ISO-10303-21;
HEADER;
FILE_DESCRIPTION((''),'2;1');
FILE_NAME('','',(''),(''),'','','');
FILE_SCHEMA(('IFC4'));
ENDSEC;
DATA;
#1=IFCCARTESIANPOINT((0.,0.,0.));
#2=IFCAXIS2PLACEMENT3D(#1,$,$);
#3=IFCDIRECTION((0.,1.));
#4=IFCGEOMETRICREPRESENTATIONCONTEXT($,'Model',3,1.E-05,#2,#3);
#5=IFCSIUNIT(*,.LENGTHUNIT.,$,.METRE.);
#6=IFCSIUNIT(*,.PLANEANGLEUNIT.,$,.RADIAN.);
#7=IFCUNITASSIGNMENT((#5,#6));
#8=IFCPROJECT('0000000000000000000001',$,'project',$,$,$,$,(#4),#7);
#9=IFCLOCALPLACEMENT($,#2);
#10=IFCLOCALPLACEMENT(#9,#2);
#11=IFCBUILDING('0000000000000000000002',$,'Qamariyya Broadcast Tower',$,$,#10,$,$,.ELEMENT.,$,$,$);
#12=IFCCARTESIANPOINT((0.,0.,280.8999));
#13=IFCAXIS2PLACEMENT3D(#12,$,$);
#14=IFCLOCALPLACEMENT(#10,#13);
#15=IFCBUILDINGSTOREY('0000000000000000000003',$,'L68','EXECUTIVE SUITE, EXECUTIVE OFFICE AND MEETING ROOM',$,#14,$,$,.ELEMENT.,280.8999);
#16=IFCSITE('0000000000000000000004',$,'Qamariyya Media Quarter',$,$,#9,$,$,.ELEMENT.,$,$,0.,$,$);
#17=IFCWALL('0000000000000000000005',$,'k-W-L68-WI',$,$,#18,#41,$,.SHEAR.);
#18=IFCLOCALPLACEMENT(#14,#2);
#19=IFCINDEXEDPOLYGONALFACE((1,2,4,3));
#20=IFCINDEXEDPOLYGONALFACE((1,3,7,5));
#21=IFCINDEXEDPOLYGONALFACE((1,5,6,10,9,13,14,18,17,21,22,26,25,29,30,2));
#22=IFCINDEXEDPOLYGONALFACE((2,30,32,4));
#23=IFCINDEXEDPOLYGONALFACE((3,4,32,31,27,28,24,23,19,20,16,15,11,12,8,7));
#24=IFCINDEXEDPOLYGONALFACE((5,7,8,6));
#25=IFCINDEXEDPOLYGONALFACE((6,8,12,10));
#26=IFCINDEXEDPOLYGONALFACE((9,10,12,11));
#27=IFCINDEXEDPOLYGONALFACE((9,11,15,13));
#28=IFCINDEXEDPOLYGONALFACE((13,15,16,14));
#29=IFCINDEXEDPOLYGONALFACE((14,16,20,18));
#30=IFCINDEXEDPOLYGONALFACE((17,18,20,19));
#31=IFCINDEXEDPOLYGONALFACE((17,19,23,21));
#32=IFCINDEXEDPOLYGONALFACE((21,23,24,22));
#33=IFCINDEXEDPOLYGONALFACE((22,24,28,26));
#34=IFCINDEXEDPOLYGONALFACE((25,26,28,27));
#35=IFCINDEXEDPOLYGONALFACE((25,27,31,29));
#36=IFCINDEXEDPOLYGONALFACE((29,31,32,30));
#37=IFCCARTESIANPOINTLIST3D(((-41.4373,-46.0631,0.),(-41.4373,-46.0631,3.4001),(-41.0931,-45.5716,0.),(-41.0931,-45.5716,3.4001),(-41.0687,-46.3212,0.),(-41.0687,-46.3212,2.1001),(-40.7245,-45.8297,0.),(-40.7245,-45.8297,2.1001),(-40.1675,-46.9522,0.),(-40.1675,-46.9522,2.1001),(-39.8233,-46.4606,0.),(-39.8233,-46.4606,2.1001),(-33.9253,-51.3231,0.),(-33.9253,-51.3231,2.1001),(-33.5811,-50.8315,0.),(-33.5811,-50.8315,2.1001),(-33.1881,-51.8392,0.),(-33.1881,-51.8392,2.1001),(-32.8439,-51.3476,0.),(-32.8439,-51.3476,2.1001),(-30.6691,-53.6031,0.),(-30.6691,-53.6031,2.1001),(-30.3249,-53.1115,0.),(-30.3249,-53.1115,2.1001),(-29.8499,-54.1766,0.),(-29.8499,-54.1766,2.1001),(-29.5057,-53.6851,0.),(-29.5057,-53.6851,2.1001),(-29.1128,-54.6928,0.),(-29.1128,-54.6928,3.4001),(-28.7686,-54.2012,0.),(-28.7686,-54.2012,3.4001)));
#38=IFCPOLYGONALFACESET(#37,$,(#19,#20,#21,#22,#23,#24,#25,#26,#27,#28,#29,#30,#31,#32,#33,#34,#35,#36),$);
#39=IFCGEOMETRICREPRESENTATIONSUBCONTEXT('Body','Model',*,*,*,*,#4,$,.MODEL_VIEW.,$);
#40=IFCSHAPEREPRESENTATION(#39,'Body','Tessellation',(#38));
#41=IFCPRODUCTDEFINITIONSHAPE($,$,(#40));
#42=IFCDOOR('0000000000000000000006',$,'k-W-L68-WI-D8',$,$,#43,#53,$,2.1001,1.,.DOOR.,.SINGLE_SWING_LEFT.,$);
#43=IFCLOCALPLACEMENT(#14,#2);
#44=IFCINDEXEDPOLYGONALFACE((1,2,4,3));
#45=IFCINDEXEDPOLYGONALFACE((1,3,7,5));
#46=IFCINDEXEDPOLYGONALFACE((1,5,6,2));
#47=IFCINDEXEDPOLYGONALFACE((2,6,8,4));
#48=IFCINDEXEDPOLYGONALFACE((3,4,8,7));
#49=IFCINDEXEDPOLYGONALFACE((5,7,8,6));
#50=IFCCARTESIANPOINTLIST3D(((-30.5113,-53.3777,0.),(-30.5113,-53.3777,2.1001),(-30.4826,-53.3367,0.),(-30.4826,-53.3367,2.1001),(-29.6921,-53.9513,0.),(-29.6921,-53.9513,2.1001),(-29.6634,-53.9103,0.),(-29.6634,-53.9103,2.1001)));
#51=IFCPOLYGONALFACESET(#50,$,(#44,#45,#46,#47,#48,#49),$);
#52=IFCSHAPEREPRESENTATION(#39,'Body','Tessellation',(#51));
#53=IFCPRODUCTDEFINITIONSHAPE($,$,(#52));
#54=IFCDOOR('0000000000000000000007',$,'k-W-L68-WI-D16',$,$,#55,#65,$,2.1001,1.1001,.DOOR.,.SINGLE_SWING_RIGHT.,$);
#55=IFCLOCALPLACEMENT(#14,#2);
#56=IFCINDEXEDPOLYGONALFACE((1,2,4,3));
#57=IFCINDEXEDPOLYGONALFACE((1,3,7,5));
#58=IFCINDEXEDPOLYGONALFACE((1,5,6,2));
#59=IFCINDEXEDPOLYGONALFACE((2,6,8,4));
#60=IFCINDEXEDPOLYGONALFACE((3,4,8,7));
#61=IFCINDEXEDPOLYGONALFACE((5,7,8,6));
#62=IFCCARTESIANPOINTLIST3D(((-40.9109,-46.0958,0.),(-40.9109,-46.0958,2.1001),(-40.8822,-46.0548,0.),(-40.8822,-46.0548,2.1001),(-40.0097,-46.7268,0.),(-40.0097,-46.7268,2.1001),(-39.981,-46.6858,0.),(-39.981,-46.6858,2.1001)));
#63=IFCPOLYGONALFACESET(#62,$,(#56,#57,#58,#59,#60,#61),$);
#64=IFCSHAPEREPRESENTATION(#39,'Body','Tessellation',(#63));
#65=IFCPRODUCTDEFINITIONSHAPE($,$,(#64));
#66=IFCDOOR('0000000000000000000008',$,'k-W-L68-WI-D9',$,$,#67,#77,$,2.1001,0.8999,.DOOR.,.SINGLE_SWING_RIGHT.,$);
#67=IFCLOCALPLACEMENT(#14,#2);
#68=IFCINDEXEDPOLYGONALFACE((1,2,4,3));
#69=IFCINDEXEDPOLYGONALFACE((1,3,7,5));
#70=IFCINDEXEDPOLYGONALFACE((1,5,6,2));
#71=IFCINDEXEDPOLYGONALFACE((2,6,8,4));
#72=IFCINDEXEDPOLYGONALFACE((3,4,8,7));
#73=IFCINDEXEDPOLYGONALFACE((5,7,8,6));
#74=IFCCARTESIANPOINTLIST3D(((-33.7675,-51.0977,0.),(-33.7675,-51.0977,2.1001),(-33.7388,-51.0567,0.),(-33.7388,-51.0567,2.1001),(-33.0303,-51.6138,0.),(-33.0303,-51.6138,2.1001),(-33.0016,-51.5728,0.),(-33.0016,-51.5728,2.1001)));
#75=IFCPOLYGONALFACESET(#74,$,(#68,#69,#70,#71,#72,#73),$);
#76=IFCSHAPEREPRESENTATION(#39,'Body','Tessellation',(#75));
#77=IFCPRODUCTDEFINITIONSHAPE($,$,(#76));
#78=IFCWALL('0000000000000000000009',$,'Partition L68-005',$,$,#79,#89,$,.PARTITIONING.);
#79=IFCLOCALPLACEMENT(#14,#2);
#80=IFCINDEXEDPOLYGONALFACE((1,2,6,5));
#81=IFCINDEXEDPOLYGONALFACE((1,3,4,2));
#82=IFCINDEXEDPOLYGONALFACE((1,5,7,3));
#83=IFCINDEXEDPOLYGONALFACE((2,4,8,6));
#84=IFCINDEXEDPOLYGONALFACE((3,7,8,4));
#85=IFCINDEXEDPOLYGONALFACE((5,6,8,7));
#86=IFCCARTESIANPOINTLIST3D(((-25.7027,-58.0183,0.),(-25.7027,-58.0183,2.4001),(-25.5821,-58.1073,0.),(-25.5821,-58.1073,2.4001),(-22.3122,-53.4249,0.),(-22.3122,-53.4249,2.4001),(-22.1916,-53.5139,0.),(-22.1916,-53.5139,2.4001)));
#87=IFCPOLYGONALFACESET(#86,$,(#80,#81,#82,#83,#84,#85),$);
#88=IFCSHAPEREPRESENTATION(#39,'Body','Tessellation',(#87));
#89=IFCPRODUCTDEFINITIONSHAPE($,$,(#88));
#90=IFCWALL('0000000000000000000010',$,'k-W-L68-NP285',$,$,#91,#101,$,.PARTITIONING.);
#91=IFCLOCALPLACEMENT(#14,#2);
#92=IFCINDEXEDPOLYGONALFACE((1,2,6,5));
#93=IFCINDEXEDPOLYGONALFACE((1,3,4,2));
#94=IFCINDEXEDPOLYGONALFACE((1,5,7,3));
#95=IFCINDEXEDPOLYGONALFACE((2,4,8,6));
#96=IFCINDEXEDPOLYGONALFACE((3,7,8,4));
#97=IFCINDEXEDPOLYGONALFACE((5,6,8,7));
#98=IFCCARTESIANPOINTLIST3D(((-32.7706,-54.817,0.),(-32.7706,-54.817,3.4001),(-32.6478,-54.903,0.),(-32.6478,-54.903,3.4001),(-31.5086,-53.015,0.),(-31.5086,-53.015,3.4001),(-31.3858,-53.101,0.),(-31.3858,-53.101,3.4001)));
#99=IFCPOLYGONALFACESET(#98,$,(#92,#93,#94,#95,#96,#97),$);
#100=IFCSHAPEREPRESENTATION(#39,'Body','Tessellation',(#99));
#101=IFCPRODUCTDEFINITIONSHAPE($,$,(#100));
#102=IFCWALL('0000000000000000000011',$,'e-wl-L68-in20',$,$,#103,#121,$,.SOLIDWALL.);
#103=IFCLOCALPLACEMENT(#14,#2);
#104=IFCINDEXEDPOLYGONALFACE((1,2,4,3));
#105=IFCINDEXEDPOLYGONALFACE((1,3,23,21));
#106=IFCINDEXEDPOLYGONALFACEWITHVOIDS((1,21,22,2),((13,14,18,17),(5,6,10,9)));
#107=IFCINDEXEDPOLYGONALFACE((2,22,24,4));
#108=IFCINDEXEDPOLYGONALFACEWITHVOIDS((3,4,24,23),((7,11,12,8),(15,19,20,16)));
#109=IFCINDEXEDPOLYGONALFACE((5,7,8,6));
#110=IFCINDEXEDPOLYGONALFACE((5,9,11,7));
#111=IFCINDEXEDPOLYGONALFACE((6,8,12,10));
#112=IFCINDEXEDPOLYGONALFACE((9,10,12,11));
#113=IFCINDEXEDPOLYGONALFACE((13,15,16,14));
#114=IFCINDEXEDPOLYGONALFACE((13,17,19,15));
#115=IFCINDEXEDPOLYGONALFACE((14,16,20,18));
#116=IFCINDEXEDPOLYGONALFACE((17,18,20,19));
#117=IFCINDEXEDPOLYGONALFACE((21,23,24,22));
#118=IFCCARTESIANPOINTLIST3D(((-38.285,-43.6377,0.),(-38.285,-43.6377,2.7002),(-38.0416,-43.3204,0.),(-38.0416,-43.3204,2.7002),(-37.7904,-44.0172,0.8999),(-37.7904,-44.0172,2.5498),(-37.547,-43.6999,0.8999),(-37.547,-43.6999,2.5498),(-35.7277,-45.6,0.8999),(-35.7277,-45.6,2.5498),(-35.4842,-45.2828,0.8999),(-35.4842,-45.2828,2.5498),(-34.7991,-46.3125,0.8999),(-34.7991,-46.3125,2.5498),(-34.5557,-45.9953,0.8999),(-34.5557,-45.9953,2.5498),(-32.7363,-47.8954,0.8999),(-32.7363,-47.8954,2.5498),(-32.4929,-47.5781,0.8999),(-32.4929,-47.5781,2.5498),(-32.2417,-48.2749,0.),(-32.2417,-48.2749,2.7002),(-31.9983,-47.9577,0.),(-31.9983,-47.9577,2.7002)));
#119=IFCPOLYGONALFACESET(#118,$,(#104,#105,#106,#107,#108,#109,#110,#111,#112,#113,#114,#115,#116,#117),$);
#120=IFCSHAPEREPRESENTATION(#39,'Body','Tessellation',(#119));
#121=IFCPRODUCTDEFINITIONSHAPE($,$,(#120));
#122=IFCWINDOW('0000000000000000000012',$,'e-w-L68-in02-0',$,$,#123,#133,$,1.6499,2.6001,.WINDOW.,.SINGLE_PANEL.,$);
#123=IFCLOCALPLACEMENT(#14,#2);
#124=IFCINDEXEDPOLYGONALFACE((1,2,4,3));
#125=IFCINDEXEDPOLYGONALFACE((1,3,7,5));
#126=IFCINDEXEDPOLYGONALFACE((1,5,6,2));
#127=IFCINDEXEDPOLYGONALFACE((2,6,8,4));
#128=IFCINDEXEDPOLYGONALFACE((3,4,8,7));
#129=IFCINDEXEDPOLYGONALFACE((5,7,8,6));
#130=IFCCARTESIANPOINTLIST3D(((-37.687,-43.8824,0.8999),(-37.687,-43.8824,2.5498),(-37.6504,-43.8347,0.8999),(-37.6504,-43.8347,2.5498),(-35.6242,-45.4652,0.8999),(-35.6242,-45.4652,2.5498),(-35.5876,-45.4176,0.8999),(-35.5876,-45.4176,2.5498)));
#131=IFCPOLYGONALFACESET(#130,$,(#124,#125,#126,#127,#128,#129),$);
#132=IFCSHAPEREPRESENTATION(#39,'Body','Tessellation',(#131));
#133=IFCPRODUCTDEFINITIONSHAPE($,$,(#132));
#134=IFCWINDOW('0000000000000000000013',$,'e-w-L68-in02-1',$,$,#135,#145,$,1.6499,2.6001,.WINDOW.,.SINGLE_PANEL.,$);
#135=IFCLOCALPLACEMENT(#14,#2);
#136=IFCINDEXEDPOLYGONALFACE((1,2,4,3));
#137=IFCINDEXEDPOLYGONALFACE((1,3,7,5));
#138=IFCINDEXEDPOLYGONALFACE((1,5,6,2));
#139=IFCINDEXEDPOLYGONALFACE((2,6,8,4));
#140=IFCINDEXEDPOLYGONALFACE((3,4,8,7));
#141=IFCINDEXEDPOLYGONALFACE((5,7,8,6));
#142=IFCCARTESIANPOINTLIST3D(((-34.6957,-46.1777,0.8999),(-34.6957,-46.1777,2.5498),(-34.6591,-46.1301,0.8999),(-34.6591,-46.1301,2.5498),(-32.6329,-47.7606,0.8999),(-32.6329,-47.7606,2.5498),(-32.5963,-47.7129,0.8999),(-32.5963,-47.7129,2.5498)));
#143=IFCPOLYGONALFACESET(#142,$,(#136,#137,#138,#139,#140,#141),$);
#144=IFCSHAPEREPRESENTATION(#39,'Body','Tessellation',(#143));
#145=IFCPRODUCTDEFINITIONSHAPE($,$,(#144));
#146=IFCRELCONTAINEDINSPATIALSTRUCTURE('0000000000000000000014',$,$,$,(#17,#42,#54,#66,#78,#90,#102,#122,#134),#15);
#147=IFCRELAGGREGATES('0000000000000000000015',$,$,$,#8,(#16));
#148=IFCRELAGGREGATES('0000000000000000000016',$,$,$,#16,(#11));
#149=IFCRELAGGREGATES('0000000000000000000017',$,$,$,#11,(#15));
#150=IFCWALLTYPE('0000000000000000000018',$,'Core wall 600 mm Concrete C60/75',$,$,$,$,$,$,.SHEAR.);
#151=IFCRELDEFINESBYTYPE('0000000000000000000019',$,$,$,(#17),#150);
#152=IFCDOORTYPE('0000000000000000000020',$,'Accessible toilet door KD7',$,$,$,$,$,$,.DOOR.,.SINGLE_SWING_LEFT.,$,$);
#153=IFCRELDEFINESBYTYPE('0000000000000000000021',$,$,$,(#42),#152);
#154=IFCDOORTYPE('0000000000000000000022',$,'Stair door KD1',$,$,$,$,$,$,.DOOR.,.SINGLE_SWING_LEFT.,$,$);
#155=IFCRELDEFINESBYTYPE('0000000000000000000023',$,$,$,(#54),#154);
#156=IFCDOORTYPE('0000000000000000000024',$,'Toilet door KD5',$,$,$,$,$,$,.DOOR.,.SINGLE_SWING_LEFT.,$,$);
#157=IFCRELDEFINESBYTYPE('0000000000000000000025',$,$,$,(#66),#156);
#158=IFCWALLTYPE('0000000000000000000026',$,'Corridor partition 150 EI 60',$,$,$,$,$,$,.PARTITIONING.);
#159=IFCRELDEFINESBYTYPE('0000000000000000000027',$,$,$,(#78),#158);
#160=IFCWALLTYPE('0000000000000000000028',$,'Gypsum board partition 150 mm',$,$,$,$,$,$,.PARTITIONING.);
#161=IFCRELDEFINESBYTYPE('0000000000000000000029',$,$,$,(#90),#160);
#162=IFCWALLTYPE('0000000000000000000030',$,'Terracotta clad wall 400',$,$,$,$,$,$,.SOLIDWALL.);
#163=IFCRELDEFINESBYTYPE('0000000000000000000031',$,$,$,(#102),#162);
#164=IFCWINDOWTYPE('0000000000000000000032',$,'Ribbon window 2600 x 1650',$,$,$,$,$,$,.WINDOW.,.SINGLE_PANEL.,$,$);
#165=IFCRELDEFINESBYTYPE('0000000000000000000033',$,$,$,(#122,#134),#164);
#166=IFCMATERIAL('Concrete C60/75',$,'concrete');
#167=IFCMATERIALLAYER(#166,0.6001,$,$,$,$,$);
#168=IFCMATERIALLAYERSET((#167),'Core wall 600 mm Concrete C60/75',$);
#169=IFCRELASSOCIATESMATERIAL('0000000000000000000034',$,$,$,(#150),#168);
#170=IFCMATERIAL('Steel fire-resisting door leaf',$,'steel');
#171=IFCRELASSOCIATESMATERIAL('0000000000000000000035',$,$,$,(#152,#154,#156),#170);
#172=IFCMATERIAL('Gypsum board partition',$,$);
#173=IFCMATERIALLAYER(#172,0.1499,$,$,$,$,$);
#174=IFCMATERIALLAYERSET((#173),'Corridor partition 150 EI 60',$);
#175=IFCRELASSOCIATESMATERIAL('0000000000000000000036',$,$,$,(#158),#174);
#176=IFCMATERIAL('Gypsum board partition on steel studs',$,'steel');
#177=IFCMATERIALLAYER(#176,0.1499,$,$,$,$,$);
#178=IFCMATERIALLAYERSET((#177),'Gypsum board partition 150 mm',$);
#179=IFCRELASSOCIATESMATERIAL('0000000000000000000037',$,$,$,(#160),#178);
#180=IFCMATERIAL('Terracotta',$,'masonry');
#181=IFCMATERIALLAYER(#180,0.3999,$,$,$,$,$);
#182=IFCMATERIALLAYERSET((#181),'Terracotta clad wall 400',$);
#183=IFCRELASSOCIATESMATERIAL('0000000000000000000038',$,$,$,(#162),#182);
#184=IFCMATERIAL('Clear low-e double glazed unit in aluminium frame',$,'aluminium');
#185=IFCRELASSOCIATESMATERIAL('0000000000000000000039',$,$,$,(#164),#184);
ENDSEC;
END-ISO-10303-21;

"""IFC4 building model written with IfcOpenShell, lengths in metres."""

from ifc_helpers import new_model, si_unit, direction, frame, frame_2d, origin, place, context, subcontext, project, spatial, rectangle, extrude, material, layer, layer_set, type_object, element, fill, save


model = new_model("IFC4")

# Units and contexts
model_context = context("Model", 3, precision=1e-05, world=origin(), true_north=direction((0.0, 1.0)))
body_context = subcontext(model_context, "Body", "Model", "MODEL_VIEW")
ifc_project = project(units=[si_unit("LENGTHUNIT", "METRE"), si_unit("PLANEANGLEUNIT", "RADIAN")], contexts=[model_context])

# Site, building, storey
site_placement = place(None, origin())
site = spatial("IfcSite", under=ifc_project, at=site_placement, Name="Qamariyya Media Quarter", CompositionType="ELEMENT", RefElevation=0.0)
building_placement = place(site_placement, origin())
building = spatial("IfcBuilding", under=site, at=building_placement, Name="Qamariyya Broadcast Tower", CompositionType="ELEMENT")
storey_placement = place(building_placement, frame((0.0, 0.0, 280.8999)))
storey = spatial("IfcBuildingStorey", under=building, at=storey_placement, Name="L68", Description="EXECUTIVE SUITE, EXECUTIVE OFFICE AND MEETING ROOM", CompositionType="ELEMENT", Elevation=280.8999)

# Wall, openings, doors
ifc_material_1 = material(Name="Concrete C60/75", Category="concrete")
ifc_layer_1 = layer(ifc_material_1, 0.6001)
ifc_layer_set_1 = layer_set([ifc_layer_1], Name="Core wall 600 mm Concrete C60/75")
wall_type_1 = type_object("IfcWallType", Name="Core wall 600 mm Concrete C60/75", PredefinedType="SHEAR", material=ifc_layer_set_1)
wall_1_placement = place(storey_placement, frame((-28.9407, -54.447, 0.0), z_axis=(0.0, 0.0, 1.0), x_axis=(-0.819153, 0.573575, 0.0)))
wall_1 = element("IfcWall", 1, at=wall_1_placement, inside=storey, type_object=wall_type_1, Name="k-W-L68-WI", PredefinedType="SHEAR", context=body_context, shape_type="SweptSolid", body=[
    extrude(rectangle(XDim=15.0454, YDim=0.6001, at=frame_2d((7.5227, 0.0))), origin(), (0.0, 0.0, 1.0), 3.4001),
])
opening_1_placement = place(wall_1_placement, frame((0.8999, 0.0, 0.0)))
opening_1 = element("IfcOpeningElement", 2, at=opening_1_placement, cuts=wall_1, PredefinedType="OPENING", context=body_context, shape_type="SweptSolid", body=[
    extrude(rectangle(XDim=1.0, YDim=2.1001, at=frame_2d((0.5, 1.05))), frame((0.0, 0.3101, 0.0), z_axis=(0.0, -1.0, 0.0), x_axis=(1.0, 0.0, 0.0)), (0.0, 0.0, 1.0), 0.6201),
])
opening_2_placement = place(wall_1_placement, frame((4.9751, 0.0, 0.0)))
opening_2 = element("IfcOpeningElement", 3, at=opening_2_placement, cuts=wall_1, PredefinedType="OPENING", context=body_context, shape_type="SweptSolid", body=[
    extrude(rectangle(XDim=0.8999, YDim=2.1001, at=frame_2d((0.45, 1.05))), frame((0.0, 0.3101, 0.0), z_axis=(0.0, -1.0, 0.0), x_axis=(1.0, 0.0, 0.0)), (0.0, 0.0, 1.0), 0.6201),
])
opening_3_placement = place(wall_1_placement, frame((13.4954, 0.0, 0.0)))
opening_3 = element("IfcOpeningElement", 4, at=opening_3_placement, cuts=wall_1, PredefinedType="OPENING", context=body_context, shape_type="SweptSolid", body=[
    extrude(rectangle(XDim=1.1001, YDim=2.1001, at=frame_2d((0.55, 1.05))), frame((0.0, 0.3101, 0.0), z_axis=(0.0, -1.0, 0.0), x_axis=(1.0, 0.0, 0.0)), (0.0, 0.0, 1.0), 0.6201),
])
ifc_material_2 = material(Name="Steel fire-resisting door leaf", Category="steel")
door_type_1 = type_object("IfcDoorType", Name="Accessible toilet door KD7", OperationType="SINGLE_SWING_LEFT", PredefinedType="DOOR", material=ifc_material_2)
door_1_placement = place(opening_1_placement, origin())
door_1 = element("IfcDoor", 5, at=door_1_placement, inside=storey, type_object=door_type_1, Name="k-W-L68-WI-D8", OperationType="SINGLE_SWING_LEFT", OverallHeight=2.1001, OverallWidth=1.0, PredefinedType="DOOR", context=body_context, shape_type="SweptSolid", body=[
    extrude(rectangle(XDim=1.0, YDim=2.1001, at=frame_2d((0.5, 1.05))), frame((0.0, 0.0249, 0.0), z_axis=(0.0, -1.0, 0.0), x_axis=(1.0, 0.0, 0.0)), (0.0, 0.0, 1.0), 0.05),
])
fill(opening_1, door_1)
door_type_2 = type_object("IfcDoorType", Name="Stair door KD1", OperationType="SINGLE_SWING_LEFT", PredefinedType="DOOR", material=ifc_material_2)
door_2_placement = place(opening_3_placement, origin())
door_2 = element("IfcDoor", 6, at=door_2_placement, inside=storey, type_object=door_type_2, Name="k-W-L68-WI-D16", OperationType="SINGLE_SWING_RIGHT", OverallHeight=2.1001, OverallWidth=1.1001, PredefinedType="DOOR", context=body_context, shape_type="SweptSolid", body=[
    extrude(rectangle(XDim=1.1001, YDim=2.1001, at=frame_2d((0.55, 1.05))), frame((0.0, 0.0249, 0.0), z_axis=(0.0, -1.0, 0.0), x_axis=(1.0, 0.0, 0.0)), (0.0, 0.0, 1.0), 0.05),
])
fill(opening_3, door_2)
door_type_3 = type_object("IfcDoorType", Name="Toilet door KD5", OperationType="SINGLE_SWING_LEFT", PredefinedType="DOOR", material=ifc_material_2)
door_3_placement = place(opening_2_placement, origin())
door_3 = element("IfcDoor", 7, at=door_3_placement, inside=storey, type_object=door_type_3, Name="k-W-L68-WI-D9", OperationType="SINGLE_SWING_RIGHT", OverallHeight=2.1001, OverallWidth=0.8999, PredefinedType="DOOR", context=body_context, shape_type="SweptSolid", body=[
    extrude(rectangle(XDim=0.8999, YDim=2.1001, at=frame_2d((0.45, 1.05))), frame((0.0, 0.0249, 0.0), z_axis=(0.0, -1.0, 0.0), x_axis=(1.0, 0.0, 0.0)), (0.0, 0.0, 1.0), 0.05),
])
fill(opening_2, door_3)

# Walls
ifc_material_3 = material(Name="Gypsum board partition")
ifc_layer_2 = layer(ifc_material_3, 0.1499)
ifc_layer_set_2 = layer_set([ifc_layer_2], Name="Corridor partition 150 EI 60")
wall_type_2 = type_object("IfcWallType", Name="Corridor partition 150 EI 60", PredefinedType="PARTITIONING", material=ifc_layer_set_2)
wall_2_placement = place(storey_placement, frame((-22.252, -53.4695, 0.0), z_axis=(0.0, 0.0, 1.0), x_axis=(-0.593873, -0.804559, 0.0)))
element("IfcWall", 8, at=wall_2_placement, inside=storey, type_object=wall_type_2, Name="Partition L68-005", PredefinedType="PARTITIONING", context=body_context, shape_type="SweptSolid", body=[
    extrude(rectangle(XDim=5.7092, YDim=0.1499, at=frame_2d((2.8545, 0.0))), origin(), (0.0, 0.0, 1.0), 2.4001),
])
ifc_material_4 = material(Name="Gypsum board partition on steel studs", Category="steel")
ifc_layer_3 = layer(ifc_material_4, 0.1499)
ifc_layer_set_3 = layer_set([ifc_layer_3], Name="Gypsum board partition 150 mm")
wall_type_3 = type_object("IfcWallType", Name="Gypsum board partition 150 mm", PredefinedType="PARTITIONING", material=ifc_layer_set_3)
wall_3_placement = place(storey_placement, frame((-32.7092, -54.8601, 0.0), z_axis=(0.0, 0.0, 1.0), x_axis=(0.573634, 0.819112, 0.0)))
element("IfcWall", 9, at=wall_3_placement, inside=storey, type_object=wall_type_3, Name="k-W-L68-NP285", PredefinedType="PARTITIONING", context=body_context, shape_type="SweptSolid", body=[
    extrude(rectangle(XDim=2.2, YDim=0.1499, at=frame_2d((1.1001, 0.0))), origin(), (0.0, 0.0, 1.0), 3.4001),
])

# Wall, openings, windows
ifc_material_5 = material(Name="Terracotta", Category="masonry")
ifc_layer_4 = layer(ifc_material_5, 0.3999)
ifc_layer_set_4 = layer_set([ifc_layer_4], Name="Terracotta clad wall 400")
wall_type_4 = type_object("IfcWallType", Name="Terracotta clad wall 400", PredefinedType="SOLIDWALL", material=ifc_layer_set_4)
wall_4_placement = place(storey_placement, frame((-32.1201, -48.1162, 0.0), z_axis=(0.0, 0.0, 1.0), x_axis=(-0.793348, 0.608769, 0.0)))
wall_4 = element("IfcWall", 10, at=wall_4_placement, inside=storey, type_object=wall_type_4, Name="e-wl-L68-in20", PredefinedType="SOLIDWALL", context=body_context, shape_type="SweptSolid", body=[
    extrude(rectangle(XDim=7.6174, YDim=0.3999, at=frame_2d((3.8086, 0.0))), origin(), (0.0, 0.0, 1.0), 2.7002),
])
opening_4_placement = place(wall_4_placement, frame((4.3938, 0.0, 0.8999)))
opening_4 = element("IfcOpeningElement", 11, at=opening_4_placement, cuts=wall_4, PredefinedType="OPENING", context=body_context, shape_type="SweptSolid", body=[
    extrude(rectangle(XDim=2.6001, YDim=1.6499, at=frame_2d((1.3, 0.825))), frame((0.0, 0.21, 0.0), z_axis=(0.0, -1.0, 0.0), x_axis=(1.0, 0.0, 0.0)), (0.0, 0.0, 1.0), 0.4199),
])
opening_5_placement = place(wall_4_placement, frame((0.6233, 0.0, 0.8999)))
opening_5 = element("IfcOpeningElement", 12, at=opening_5_placement, cuts=wall_4, PredefinedType="OPENING", context=body_context, shape_type="SweptSolid", body=[
    extrude(rectangle(XDim=2.6001, YDim=1.6499, at=frame_2d((1.3, 0.825))), frame((0.0, 0.21, 0.0), z_axis=(0.0, -1.0, 0.0), x_axis=(1.0, 0.0, 0.0)), (0.0, 0.0, 1.0), 0.4199),
])
ifc_material_6 = material(Name="Clear low-e double glazed unit in aluminium frame", Category="aluminium")
window_type = type_object("IfcWindowType", Name="Ribbon window 2600 x 1650", PartitioningType="SINGLE_PANEL", PredefinedType="WINDOW", material=ifc_material_6)
window_1_placement = place(opening_4_placement, origin())
window_1 = element("IfcWindow", 13, at=window_1_placement, inside=storey, type_object=window_type, Name="e-w-L68-in02-0", OverallHeight=1.6499, OverallWidth=2.6001, PartitioningType="SINGLE_PANEL", PredefinedType="WINDOW", context=body_context, shape_type="SweptSolid", body=[
    extrude(rectangle(XDim=2.6001, YDim=1.6499, at=frame_2d((1.3, 0.825))), frame((0.0, 0.03, 0.0), z_axis=(0.0, -1.0, 0.0), x_axis=(1.0, 0.0, 0.0)), (0.0, 0.0, 1.0), 0.0601),
])
fill(opening_4, window_1)
window_2_placement = place(opening_5_placement, origin())
window_2 = element("IfcWindow", 14, at=window_2_placement, inside=storey, type_object=window_type, Name="e-w-L68-in02-1", OverallHeight=1.6499, OverallWidth=2.6001, PartitioningType="SINGLE_PANEL", PredefinedType="WINDOW", context=body_context, shape_type="SweptSolid", body=[
    extrude(rectangle(XDim=2.6001, YDim=1.6499, at=frame_2d((1.3, 0.825))), frame((0.0, 0.03, 0.0), z_axis=(0.0, -1.0, 0.0), x_axis=(1.0, 0.0, 0.0)), (0.0, 0.0, 1.0), 0.0601),
])
fill(opening_5, window_2)

save(model, "model.ifc")
